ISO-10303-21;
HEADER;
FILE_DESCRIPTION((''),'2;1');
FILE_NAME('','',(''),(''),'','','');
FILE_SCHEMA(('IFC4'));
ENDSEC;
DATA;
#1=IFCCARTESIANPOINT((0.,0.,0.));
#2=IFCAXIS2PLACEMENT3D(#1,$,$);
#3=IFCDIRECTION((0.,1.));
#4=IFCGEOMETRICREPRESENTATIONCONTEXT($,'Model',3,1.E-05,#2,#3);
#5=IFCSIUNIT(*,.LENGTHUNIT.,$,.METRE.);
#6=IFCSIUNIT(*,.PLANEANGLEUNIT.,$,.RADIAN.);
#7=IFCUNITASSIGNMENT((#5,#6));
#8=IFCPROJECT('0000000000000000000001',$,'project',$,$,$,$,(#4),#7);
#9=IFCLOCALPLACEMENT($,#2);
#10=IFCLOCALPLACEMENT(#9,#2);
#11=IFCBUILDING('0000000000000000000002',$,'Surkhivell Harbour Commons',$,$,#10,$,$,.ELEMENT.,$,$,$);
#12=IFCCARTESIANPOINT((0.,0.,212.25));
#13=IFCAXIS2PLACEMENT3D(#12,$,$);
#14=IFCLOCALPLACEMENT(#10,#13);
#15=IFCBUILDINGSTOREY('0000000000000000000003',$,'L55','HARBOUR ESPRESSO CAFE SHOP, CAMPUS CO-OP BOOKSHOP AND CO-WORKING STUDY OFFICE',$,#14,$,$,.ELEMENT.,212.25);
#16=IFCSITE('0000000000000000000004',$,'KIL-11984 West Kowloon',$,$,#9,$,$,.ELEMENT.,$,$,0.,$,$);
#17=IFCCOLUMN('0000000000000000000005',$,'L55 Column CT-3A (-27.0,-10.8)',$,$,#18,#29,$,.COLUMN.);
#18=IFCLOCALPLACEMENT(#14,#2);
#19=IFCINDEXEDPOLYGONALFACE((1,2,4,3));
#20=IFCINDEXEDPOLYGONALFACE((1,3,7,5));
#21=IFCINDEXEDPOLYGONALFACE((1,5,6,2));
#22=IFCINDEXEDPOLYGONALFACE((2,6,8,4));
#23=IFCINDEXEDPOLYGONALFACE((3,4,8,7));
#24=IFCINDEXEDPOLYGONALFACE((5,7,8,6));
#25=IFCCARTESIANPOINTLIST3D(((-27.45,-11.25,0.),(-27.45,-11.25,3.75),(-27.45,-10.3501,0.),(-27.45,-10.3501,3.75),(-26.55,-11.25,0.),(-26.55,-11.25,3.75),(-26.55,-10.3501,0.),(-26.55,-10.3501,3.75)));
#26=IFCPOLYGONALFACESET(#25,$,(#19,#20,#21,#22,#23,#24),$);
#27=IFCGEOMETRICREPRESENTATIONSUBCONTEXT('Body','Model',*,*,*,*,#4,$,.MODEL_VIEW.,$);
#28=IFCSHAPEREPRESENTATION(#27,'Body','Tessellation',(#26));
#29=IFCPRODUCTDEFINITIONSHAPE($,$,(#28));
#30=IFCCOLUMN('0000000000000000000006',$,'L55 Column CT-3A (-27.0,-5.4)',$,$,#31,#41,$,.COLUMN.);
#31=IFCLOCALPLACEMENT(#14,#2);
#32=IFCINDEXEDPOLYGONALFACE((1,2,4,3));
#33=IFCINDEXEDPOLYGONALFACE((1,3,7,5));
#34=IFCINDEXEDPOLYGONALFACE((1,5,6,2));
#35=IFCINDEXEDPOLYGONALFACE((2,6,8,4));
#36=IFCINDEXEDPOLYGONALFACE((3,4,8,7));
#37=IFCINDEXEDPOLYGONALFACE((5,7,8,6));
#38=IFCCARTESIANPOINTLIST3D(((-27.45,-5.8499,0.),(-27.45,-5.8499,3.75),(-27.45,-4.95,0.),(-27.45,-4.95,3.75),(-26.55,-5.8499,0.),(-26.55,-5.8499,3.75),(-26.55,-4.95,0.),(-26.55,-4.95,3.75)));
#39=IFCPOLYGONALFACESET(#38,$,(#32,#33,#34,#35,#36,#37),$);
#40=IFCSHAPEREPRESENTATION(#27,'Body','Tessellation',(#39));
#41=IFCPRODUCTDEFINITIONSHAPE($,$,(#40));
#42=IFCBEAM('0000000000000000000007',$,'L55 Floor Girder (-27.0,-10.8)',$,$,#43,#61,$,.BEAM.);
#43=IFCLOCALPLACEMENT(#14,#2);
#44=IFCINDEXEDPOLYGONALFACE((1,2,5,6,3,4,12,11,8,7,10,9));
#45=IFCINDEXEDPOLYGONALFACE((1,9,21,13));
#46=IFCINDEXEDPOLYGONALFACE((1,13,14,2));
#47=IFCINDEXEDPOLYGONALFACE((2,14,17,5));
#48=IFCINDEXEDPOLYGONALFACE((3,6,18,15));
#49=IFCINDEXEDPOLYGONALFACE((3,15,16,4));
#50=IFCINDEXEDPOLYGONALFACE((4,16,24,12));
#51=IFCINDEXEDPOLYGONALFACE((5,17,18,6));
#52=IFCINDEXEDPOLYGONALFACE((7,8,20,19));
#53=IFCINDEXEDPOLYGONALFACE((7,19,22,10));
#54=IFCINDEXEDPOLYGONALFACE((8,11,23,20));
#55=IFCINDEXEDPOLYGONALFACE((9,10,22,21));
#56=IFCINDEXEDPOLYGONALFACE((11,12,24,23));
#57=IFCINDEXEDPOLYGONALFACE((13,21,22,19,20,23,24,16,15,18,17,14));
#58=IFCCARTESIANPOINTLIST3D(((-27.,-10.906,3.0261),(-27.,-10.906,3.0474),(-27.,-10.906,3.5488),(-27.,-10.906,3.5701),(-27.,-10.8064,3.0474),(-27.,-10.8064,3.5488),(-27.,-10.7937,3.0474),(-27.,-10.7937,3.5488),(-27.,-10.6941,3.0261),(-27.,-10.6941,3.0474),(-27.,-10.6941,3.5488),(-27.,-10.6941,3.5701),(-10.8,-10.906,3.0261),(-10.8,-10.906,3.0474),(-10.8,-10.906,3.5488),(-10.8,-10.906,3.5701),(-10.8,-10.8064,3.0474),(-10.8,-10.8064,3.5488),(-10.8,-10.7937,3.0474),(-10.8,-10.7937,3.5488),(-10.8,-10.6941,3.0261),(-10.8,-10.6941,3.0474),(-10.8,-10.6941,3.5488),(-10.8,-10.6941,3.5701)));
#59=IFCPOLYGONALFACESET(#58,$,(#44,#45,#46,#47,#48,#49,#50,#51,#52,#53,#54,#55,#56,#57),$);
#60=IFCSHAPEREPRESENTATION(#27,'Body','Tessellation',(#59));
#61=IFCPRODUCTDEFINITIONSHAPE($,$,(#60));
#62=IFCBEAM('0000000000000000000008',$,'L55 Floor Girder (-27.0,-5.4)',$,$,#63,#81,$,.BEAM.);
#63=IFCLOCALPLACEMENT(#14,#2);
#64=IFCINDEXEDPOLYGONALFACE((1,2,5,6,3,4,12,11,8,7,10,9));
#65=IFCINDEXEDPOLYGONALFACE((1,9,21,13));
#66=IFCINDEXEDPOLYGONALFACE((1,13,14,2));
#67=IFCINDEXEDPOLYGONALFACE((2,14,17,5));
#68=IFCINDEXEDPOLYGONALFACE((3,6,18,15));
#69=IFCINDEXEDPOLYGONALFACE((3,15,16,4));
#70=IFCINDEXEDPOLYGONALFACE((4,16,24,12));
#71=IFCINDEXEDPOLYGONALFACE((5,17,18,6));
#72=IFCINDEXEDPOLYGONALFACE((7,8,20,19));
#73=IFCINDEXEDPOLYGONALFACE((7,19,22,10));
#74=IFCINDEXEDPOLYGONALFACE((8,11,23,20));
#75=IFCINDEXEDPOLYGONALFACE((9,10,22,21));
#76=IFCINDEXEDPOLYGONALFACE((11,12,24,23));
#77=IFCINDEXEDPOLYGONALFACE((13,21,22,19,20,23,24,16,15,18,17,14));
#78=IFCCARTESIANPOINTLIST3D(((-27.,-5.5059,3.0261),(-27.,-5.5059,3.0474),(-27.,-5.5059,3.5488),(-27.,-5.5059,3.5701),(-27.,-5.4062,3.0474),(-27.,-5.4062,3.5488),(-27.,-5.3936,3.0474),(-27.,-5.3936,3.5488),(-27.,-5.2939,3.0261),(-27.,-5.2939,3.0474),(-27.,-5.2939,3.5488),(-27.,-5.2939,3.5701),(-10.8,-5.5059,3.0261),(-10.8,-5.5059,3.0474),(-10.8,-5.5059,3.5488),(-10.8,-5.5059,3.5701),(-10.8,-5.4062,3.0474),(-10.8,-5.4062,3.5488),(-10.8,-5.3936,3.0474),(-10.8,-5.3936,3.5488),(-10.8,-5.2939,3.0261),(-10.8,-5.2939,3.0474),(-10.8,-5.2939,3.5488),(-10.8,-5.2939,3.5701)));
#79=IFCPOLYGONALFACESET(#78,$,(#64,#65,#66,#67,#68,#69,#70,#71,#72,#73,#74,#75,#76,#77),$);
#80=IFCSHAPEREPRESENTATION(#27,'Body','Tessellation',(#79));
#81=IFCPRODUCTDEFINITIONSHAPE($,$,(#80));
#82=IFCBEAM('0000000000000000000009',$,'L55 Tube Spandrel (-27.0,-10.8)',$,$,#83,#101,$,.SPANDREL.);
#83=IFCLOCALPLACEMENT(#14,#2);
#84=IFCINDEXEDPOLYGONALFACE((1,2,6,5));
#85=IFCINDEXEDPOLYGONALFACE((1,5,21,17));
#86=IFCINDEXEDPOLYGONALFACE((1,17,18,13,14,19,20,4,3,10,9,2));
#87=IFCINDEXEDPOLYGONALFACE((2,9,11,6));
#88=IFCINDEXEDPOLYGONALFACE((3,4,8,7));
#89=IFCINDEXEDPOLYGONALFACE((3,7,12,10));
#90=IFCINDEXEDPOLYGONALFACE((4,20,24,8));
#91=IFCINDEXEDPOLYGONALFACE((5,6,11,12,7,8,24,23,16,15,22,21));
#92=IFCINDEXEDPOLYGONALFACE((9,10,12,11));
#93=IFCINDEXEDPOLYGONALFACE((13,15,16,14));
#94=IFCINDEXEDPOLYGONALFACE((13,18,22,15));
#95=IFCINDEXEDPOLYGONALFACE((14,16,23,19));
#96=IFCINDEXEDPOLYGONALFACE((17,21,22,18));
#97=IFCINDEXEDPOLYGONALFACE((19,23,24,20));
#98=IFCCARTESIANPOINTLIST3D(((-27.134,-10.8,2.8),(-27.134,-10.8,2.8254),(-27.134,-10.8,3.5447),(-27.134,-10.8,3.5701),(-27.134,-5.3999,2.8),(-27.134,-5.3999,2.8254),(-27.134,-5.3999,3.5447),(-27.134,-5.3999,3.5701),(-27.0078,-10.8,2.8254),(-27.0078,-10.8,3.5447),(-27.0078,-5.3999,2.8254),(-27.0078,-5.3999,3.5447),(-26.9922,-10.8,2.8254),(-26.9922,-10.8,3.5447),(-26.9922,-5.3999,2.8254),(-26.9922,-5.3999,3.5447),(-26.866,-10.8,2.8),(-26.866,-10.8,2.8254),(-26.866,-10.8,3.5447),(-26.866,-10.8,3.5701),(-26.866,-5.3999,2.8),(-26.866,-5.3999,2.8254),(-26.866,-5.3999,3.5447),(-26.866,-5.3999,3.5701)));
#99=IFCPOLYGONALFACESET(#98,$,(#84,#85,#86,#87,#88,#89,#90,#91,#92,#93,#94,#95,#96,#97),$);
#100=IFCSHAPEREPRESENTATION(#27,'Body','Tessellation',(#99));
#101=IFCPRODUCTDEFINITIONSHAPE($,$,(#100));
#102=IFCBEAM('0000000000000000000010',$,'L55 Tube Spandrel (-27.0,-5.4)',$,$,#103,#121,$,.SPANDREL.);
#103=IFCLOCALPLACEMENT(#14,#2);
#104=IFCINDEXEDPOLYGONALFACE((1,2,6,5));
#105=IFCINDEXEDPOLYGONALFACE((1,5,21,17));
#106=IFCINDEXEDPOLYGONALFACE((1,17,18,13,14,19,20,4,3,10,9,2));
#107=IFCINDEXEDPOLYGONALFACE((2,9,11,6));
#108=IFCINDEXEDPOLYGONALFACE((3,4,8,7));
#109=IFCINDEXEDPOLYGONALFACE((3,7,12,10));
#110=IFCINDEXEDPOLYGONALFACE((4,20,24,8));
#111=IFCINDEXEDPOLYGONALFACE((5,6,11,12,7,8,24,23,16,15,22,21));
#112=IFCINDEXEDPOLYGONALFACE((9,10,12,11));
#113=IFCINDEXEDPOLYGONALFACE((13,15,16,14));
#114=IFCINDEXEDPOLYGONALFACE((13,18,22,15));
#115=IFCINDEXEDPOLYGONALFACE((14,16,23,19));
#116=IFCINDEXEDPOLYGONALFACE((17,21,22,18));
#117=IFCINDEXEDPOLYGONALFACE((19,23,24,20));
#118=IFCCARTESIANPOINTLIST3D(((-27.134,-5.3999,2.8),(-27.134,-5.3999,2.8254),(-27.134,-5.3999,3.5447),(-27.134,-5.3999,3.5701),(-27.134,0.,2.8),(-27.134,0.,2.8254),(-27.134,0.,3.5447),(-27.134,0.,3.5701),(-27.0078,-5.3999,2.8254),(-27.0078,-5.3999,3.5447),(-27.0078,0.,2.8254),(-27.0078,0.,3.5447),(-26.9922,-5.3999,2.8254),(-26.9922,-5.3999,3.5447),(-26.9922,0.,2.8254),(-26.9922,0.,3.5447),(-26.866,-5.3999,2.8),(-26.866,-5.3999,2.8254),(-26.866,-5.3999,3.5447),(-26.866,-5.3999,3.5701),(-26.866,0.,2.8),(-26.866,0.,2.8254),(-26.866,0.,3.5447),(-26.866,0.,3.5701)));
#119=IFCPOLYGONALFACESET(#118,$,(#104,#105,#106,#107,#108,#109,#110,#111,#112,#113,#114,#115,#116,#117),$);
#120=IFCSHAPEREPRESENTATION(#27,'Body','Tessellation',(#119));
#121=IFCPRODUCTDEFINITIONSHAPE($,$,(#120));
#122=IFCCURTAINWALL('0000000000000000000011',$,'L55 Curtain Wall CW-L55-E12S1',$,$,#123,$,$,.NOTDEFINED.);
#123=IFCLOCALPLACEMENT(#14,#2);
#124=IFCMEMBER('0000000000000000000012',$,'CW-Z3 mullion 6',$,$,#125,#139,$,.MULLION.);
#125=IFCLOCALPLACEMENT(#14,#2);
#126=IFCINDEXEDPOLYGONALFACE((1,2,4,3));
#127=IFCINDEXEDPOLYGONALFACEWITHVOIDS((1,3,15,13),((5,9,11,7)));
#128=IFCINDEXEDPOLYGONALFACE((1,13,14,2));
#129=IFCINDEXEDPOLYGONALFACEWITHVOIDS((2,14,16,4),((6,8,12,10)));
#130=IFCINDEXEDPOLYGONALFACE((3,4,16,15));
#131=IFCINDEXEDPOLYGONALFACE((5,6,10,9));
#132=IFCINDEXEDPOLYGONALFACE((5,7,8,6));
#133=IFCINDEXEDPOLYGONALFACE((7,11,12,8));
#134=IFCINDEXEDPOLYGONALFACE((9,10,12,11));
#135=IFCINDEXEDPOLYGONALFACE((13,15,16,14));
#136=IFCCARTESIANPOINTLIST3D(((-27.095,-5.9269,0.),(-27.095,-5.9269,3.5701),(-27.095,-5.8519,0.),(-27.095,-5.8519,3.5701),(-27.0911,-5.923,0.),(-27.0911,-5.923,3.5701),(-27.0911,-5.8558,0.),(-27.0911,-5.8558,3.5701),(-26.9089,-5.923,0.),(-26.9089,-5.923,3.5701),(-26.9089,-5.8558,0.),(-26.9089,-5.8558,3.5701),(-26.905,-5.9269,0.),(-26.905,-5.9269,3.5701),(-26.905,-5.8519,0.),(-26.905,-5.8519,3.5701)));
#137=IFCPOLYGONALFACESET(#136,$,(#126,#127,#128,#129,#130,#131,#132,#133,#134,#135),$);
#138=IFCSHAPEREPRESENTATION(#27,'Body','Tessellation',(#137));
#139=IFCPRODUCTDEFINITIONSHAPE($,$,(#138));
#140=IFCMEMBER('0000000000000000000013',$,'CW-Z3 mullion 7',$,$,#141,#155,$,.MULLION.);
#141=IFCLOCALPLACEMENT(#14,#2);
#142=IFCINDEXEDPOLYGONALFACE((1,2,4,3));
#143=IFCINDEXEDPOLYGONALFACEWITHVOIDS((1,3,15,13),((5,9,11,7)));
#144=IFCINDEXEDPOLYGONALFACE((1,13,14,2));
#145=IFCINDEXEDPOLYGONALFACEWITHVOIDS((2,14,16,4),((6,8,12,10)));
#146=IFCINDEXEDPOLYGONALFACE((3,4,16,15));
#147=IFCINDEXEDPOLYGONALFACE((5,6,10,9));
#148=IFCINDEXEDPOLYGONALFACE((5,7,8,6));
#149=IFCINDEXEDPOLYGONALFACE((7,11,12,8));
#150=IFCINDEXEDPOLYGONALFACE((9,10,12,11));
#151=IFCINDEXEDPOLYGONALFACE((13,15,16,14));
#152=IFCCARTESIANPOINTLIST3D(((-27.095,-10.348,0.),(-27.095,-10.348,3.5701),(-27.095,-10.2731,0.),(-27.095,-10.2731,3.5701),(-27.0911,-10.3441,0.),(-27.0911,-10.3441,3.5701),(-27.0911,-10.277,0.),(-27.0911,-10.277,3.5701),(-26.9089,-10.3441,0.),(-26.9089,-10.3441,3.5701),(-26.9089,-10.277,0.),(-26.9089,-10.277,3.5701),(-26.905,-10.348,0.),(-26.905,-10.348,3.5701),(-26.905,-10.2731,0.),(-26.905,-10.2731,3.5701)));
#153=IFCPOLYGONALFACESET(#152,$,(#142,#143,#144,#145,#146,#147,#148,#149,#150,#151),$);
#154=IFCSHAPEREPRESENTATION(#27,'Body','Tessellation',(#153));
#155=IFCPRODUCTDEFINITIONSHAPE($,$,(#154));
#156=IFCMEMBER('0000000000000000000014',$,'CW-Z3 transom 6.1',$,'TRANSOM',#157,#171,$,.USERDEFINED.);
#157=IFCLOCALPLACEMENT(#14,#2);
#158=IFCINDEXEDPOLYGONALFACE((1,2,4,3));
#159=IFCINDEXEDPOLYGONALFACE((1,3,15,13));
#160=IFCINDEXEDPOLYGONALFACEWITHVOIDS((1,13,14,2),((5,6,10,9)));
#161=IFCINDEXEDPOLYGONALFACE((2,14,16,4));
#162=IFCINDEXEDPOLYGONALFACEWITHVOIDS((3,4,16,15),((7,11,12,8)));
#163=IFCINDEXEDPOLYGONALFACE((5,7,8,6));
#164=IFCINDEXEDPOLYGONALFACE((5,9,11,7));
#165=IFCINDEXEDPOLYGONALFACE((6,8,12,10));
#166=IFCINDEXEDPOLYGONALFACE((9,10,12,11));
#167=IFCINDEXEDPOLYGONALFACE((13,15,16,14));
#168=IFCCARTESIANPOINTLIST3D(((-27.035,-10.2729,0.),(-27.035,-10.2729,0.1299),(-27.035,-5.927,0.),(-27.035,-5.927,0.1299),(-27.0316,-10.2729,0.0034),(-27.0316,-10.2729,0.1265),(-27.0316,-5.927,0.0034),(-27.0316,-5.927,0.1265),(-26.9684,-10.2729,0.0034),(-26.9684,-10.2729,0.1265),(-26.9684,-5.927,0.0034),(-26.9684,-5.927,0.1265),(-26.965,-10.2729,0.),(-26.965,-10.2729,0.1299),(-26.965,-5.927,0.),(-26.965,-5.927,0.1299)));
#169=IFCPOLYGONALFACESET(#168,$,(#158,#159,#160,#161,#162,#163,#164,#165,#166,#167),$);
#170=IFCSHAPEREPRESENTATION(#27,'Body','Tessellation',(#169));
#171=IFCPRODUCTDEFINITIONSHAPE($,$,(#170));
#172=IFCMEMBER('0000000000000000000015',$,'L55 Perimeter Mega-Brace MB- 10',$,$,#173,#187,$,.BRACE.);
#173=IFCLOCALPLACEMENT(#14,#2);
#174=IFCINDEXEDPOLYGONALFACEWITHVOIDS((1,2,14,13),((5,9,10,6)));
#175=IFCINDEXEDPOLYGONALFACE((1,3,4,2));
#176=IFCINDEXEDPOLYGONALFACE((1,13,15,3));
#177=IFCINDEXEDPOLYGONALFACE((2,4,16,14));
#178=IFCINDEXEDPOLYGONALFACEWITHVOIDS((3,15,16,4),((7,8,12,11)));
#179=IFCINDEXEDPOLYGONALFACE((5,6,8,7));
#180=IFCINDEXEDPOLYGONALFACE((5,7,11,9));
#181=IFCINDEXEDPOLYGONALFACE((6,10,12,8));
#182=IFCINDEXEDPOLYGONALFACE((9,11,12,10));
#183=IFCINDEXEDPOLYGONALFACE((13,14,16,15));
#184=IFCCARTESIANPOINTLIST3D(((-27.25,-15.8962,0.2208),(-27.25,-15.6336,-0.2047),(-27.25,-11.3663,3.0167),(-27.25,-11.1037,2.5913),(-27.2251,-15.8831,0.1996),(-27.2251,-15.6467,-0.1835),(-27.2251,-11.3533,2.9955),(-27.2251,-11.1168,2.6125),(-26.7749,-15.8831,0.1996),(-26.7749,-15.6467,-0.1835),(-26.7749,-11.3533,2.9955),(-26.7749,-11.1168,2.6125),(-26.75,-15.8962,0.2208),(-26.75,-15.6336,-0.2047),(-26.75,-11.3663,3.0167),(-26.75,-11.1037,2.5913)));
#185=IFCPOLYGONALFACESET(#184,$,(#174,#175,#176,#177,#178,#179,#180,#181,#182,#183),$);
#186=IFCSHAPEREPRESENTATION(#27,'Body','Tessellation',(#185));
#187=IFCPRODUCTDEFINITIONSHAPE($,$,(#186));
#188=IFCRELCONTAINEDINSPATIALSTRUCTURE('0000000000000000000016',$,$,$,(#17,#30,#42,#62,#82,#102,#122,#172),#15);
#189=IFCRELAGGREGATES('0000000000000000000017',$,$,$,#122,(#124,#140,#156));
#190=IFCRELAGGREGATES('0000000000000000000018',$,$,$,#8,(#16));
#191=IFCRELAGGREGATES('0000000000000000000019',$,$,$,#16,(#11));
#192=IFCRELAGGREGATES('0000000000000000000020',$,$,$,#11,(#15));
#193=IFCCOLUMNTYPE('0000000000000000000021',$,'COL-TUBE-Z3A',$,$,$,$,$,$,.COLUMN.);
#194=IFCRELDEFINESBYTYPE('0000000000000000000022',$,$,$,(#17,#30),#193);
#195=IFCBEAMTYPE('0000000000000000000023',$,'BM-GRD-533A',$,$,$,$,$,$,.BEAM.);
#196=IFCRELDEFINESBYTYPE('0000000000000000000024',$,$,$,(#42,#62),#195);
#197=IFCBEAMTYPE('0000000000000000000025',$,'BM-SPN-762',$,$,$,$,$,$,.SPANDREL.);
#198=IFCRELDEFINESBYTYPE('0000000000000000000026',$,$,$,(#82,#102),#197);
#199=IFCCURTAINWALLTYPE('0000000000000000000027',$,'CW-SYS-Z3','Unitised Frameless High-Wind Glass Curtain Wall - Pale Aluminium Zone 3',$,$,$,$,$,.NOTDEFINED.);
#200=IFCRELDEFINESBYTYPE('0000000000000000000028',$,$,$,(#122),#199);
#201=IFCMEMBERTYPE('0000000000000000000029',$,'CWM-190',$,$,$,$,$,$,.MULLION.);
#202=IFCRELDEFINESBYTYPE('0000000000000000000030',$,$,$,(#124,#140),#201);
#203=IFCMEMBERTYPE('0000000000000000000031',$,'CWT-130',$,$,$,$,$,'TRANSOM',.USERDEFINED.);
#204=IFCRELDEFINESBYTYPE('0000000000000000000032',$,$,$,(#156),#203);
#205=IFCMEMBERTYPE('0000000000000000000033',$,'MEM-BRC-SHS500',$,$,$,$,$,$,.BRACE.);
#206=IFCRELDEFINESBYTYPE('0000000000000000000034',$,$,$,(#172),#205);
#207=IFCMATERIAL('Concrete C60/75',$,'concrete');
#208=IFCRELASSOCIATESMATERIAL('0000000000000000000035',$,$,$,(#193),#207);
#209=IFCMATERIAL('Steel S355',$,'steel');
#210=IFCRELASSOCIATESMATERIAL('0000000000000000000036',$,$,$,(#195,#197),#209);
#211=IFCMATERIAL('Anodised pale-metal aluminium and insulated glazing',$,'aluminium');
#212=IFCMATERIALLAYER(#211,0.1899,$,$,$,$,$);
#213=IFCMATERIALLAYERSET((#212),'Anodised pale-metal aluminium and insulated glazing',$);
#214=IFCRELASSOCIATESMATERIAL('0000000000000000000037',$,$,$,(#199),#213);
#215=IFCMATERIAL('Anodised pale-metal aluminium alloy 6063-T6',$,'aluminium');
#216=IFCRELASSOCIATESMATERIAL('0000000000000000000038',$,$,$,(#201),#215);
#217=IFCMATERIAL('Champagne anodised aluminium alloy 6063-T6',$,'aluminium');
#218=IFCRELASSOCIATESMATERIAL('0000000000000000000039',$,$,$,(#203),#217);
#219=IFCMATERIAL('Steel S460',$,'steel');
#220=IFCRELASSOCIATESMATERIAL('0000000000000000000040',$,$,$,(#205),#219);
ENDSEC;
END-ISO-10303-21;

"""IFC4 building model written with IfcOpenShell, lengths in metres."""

from ifc_helpers import new_model, si_unit, direction, frame, origin, origin_2d, place, context, subcontext, project, spatial, rectangle, hollow_rectangle, i_section, extrude, material, layer, layer_set, material_profile, profile_set, type_object, element, aggregate, save


model = new_model("IFC4")

# Units and contexts
model_context = context("Model", 3, precision=1e-05, world=origin(), true_north=direction((0.0, 1.0)))
body_context = subcontext(model_context, "Body", "Model", "MODEL_VIEW")
ifc_project = project(units=[si_unit("LENGTHUNIT", "METRE"), si_unit("PLANEANGLEUNIT", "RADIAN")], contexts=[model_context])

# Site, building, storey
site_placement = place(None, origin())
site = spatial("IfcSite", under=ifc_project, at=site_placement, Name="KIL-11984 West Kowloon", CompositionType="ELEMENT", RefElevation=0.0)
building_placement = place(site_placement, origin())
building = spatial("IfcBuilding", under=site, at=building_placement, Name="Surkhivell Harbour Commons", CompositionType="ELEMENT")
storey_placement = place(building_placement, frame((0.0, 0.0, 212.25)))
storey = spatial("IfcBuildingStorey", under=building, at=storey_placement, Name="L55", Description="HARBOUR ESPRESSO CAFE SHOP, CAMPUS CO-OP BOOKSHOP AND CO-WORKING STUDY OFFICE", CompositionType="ELEMENT", Elevation=212.25)

# Columns
ifc_material_1 = material(Name="Concrete C60/75", Category="concrete")
ifc_material_profile_1 = material_profile(ifc_material_1, rectangle(XDim=0.8999, YDim=0.8999, at=origin_2d()), Name="RC-COL-900x900")
ifc_profile_set_1 = profile_set([ifc_material_profile_1], Name="Concrete C60/75")
column_type = type_object("IfcColumnType", Name="COL-TUBE-Z3A", PredefinedType="COLUMN", material=ifc_profile_set_1)
for number, where, z_axis, x_axis, name in (
    (1, (-27.0, -10.8, 0.0), (0.0, 0.0, 1.0), (1.0, 0.0, 0.0), "L55 Column CT-3A (-27.0,-10.8)"),
    (2, (-27.0, -5.3999, 0.0), (0.0, 0.0, 1.0), (1.0, 0.0, 0.0), "L55 Column CT-3A (-27.0,-5.4)"),
):
    element("IfcColumn", number, at=place(storey_placement, frame(where, z_axis=z_axis, x_axis=x_axis)), inside=storey, type_object=column_type, Name=name, PredefinedType="COLUMN", context=body_context, shape_type="SweptSolid", body=[
        extrude(rectangle(XDim=0.8999, YDim=0.8999, at=origin_2d()), origin(), (0.0, 0.0, 1.0), 3.75),
    ])

# Beams
ifc_material_2 = material(Name="Steel S355", Category="steel")
ifc_material_profile_2 = material_profile(ifc_material_2, i_section(OverallWidth=0.2119, OverallDepth=0.5439, WebThickness=0.0127, FlangeThickness=0.0212, at=origin_2d()), Name="UB533x210x122")
ifc_profile_set_2 = profile_set([ifc_material_profile_2], Name="Steel S355")
beam_type_1 = type_object("IfcBeamType", Name="BM-GRD-533A", PredefinedType="BEAM", material=ifc_profile_set_2)
for number, where, z_axis, x_axis, name in (
    (3, (-27.0, -10.8, 3.2981), (1.0, 0.0, 0.0), (0.0, 1.0, 0.0), "L55 Floor Girder (-27.0,-10.8)"),
    (4, (-27.0, -5.3999, 3.2981), (1.0, 0.0, 0.0), (0.0, 1.0, 0.0), "L55 Floor Girder (-27.0,-5.4)"),
):
    element("IfcBeam", number, at=place(storey_placement, frame(where, z_axis=z_axis, x_axis=x_axis)), inside=storey, type_object=beam_type_1, Name=name, PredefinedType="BEAM", context=body_context, shape_type="SweptSolid", body=[
        extrude(i_section(OverallWidth=0.2119, OverallDepth=0.5439, WebThickness=0.0127, FlangeThickness=0.0212, at=origin_2d()), origin(), (0.0, 0.0, 1.0), 16.2),
    ])
ifc_material_profile_3 = material_profile(ifc_material_2, i_section(OverallWidth=0.2681, OverallDepth=0.77, WebThickness=0.0156, FlangeThickness=0.0254, at=origin_2d()), Name="UB762x267x197")
ifc_profile_set_3 = profile_set([ifc_material_profile_3], Name="Steel S355")
beam_type_2 = type_object("IfcBeamType", Name="BM-SPN-762", PredefinedType="SPANDREL", material=ifc_profile_set_3)
beam_1_placement = place(storey_placement, frame((-27.0, -10.8, 3.1851), z_axis=(0.0, 1.0, 0.0), x_axis=(-1.0, 0.0, 0.0)))
element("IfcBeam", 5, at=beam_1_placement, inside=storey, type_object=beam_type_2, Name="L55 Tube Spandrel (-27.0,-10.8)", PredefinedType="SPANDREL", context=body_context, shape_type="SweptSolid", body=[
    extrude(i_section(OverallWidth=0.2681, OverallDepth=0.77, WebThickness=0.0156, FlangeThickness=0.0254, at=origin_2d()), origin(), (0.0, 0.0, 1.0), 5.4001),
])
beam_2_placement = place(storey_placement, frame((-27.0, -5.3999, 3.1851), z_axis=(0.0, 1.0, 0.0), x_axis=(-1.0, 0.0, 0.0)))
element("IfcBeam", 6, at=beam_2_placement, inside=storey, type_object=beam_type_2, Name="L55 Tube Spandrel (-27.0,-5.4)", PredefinedType="SPANDREL", context=body_context, shape_type="SweptSolid", body=[
    extrude(i_section(OverallWidth=0.2681, OverallDepth=0.77, WebThickness=0.0156, FlangeThickness=0.0254, at=origin_2d()), origin(), (0.0, 0.0, 1.0), 5.3999),
])

# Curtain wall, members
ifc_material_3 = material(Name="Anodised pale-metal aluminium and insulated glazing", Category="aluminium")
ifc_layer_1 = layer(ifc_material_3, 0.1899)
ifc_layer_set_1 = layer_set([ifc_layer_1], Name="Anodised pale-metal aluminium and insulated glazing")
curtain_wall_type = type_object("IfcCurtainWallType", Name="CW-SYS-Z3", Description="Unitised Frameless High-Wind Glass Curtain Wall - Pale Aluminium Zone 3", PredefinedType="NOTDEFINED", material=ifc_layer_set_1)
curtain_wall_placement = place(storey_placement, origin())
curtain_wall = element("IfcCurtainWall", 7, at=curtain_wall_placement, inside=storey, type_object=curtain_wall_type, Name="L55 Curtain Wall CW-L55-E12S1", PredefinedType="NOTDEFINED")
ifc_material_4 = material(Name="Anodised pale-metal aluminium alloy 6063-T6", Category="aluminium")
ifc_material_profile_4 = material_profile(ifc_material_4, hollow_rectangle(XDim=0.075, YDim=0.1899, WallThickness=0.0039, at=origin_2d()), Name="ALU-MULL-75x190")
ifc_profile_set_4 = profile_set([ifc_material_profile_4], Name="Anodised pale-metal aluminium alloy 6063-T6")
member_type_1 = type_object("IfcMemberType", Name="CWM-190", PredefinedType="MULLION", material=ifc_profile_set_4)
member_1_placement = place(storey_placement, frame((-27.0, -5.8894, 0.0), z_axis=(0.0, 0.0, 1.0), x_axis=(0.0, -1.0, 0.0)))
member_1 = element("IfcMember", 8, at=member_1_placement, type_object=member_type_1, Name="CW-Z3 mullion 6", PredefinedType="MULLION", context=body_context, shape_type="SweptSolid", body=[
    extrude(hollow_rectangle(XDim=0.075, YDim=0.1899, WallThickness=0.0039, at=origin_2d()), origin(), (0.0, 0.0, 1.0), 3.5701),
])
member_2_placement = place(storey_placement, frame((-27.0, -10.3105, 0.0), z_axis=(0.0, 0.0, 1.0), x_axis=(0.0, -1.0, 0.0)))
member_2 = element("IfcMember", 9, at=member_2_placement, type_object=member_type_1, Name="CW-Z3 mullion 7", PredefinedType="MULLION", context=body_context, shape_type="SweptSolid", body=[
    extrude(hollow_rectangle(XDim=0.075, YDim=0.1899, WallThickness=0.0039, at=origin_2d()), origin(), (0.0, 0.0, 1.0), 3.5701),
])
ifc_material_5 = material(Name="Champagne anodised aluminium alloy 6063-T6", Category="aluminium")
ifc_material_profile_5 = material_profile(ifc_material_5, hollow_rectangle(XDim=0.0701, YDim=0.1299, WallThickness=0.0034, at=origin_2d()), Name="ALU-TRAN-70x130")
ifc_profile_set_5 = profile_set([ifc_material_profile_5], Name="Champagne anodised aluminium alloy 6063-T6")
member_type_2 = type_object("IfcMemberType", Name="CWT-130", ElementType="TRANSOM", PredefinedType="USERDEFINED", material=ifc_profile_set_5)
member_3_placement = place(storey_placement, frame((-27.0, -5.927, 0.0649), z_axis=(0.0, -1.0, 0.0), x_axis=(1.0, 0.0, 0.0)))
member_3 = element("IfcMember", 10, at=member_3_placement, type_object=member_type_2, Name="CW-Z3 transom 6.1", ObjectType="TRANSOM", PredefinedType="USERDEFINED", context=body_context, shape_type="SweptSolid", body=[
    extrude(hollow_rectangle(XDim=0.0701, YDim=0.1299, WallThickness=0.0034, at=origin_2d()), origin(), (0.0, 0.0, 1.0), 4.3459),
])

# Member
ifc_material_6 = material(Name="Steel S460", Category="steel")
ifc_material_profile_6 = material_profile(ifc_material_6, hollow_rectangle(XDim=0.5, YDim=0.5, WallThickness=0.0249, at=origin_2d()), Name="SHS500x500x25")
ifc_profile_set_6 = profile_set([ifc_material_profile_6], Name="Steel S460")
member_type_3 = type_object("IfcMemberType", Name="MEM-BRC-SHS500", PredefinedType="BRACE", material=ifc_profile_set_6)
member_4_placement = place(storey_placement, frame((-27.0, -15.7649, 0.0081), z_axis=(0.0, 0.850958, 0.525233), x_axis=(-1.0, 0.0, 0.0)))
element("IfcMember", 11, at=member_4_placement, inside=storey, type_object=member_type_3, Name="L55 Perimeter Mega-Brace MB- 10", PredefinedType="BRACE", context=body_context, shape_type="SweptSolid", body=[
    extrude(hollow_rectangle(XDim=0.5, YDim=0.5, WallThickness=0.0249, at=origin_2d()), origin(), (0.0, 0.0, 1.0), 5.3232),
])

aggregate(curtain_wall, [member_1, member_2, member_3])

save(model, "model.ifc")
